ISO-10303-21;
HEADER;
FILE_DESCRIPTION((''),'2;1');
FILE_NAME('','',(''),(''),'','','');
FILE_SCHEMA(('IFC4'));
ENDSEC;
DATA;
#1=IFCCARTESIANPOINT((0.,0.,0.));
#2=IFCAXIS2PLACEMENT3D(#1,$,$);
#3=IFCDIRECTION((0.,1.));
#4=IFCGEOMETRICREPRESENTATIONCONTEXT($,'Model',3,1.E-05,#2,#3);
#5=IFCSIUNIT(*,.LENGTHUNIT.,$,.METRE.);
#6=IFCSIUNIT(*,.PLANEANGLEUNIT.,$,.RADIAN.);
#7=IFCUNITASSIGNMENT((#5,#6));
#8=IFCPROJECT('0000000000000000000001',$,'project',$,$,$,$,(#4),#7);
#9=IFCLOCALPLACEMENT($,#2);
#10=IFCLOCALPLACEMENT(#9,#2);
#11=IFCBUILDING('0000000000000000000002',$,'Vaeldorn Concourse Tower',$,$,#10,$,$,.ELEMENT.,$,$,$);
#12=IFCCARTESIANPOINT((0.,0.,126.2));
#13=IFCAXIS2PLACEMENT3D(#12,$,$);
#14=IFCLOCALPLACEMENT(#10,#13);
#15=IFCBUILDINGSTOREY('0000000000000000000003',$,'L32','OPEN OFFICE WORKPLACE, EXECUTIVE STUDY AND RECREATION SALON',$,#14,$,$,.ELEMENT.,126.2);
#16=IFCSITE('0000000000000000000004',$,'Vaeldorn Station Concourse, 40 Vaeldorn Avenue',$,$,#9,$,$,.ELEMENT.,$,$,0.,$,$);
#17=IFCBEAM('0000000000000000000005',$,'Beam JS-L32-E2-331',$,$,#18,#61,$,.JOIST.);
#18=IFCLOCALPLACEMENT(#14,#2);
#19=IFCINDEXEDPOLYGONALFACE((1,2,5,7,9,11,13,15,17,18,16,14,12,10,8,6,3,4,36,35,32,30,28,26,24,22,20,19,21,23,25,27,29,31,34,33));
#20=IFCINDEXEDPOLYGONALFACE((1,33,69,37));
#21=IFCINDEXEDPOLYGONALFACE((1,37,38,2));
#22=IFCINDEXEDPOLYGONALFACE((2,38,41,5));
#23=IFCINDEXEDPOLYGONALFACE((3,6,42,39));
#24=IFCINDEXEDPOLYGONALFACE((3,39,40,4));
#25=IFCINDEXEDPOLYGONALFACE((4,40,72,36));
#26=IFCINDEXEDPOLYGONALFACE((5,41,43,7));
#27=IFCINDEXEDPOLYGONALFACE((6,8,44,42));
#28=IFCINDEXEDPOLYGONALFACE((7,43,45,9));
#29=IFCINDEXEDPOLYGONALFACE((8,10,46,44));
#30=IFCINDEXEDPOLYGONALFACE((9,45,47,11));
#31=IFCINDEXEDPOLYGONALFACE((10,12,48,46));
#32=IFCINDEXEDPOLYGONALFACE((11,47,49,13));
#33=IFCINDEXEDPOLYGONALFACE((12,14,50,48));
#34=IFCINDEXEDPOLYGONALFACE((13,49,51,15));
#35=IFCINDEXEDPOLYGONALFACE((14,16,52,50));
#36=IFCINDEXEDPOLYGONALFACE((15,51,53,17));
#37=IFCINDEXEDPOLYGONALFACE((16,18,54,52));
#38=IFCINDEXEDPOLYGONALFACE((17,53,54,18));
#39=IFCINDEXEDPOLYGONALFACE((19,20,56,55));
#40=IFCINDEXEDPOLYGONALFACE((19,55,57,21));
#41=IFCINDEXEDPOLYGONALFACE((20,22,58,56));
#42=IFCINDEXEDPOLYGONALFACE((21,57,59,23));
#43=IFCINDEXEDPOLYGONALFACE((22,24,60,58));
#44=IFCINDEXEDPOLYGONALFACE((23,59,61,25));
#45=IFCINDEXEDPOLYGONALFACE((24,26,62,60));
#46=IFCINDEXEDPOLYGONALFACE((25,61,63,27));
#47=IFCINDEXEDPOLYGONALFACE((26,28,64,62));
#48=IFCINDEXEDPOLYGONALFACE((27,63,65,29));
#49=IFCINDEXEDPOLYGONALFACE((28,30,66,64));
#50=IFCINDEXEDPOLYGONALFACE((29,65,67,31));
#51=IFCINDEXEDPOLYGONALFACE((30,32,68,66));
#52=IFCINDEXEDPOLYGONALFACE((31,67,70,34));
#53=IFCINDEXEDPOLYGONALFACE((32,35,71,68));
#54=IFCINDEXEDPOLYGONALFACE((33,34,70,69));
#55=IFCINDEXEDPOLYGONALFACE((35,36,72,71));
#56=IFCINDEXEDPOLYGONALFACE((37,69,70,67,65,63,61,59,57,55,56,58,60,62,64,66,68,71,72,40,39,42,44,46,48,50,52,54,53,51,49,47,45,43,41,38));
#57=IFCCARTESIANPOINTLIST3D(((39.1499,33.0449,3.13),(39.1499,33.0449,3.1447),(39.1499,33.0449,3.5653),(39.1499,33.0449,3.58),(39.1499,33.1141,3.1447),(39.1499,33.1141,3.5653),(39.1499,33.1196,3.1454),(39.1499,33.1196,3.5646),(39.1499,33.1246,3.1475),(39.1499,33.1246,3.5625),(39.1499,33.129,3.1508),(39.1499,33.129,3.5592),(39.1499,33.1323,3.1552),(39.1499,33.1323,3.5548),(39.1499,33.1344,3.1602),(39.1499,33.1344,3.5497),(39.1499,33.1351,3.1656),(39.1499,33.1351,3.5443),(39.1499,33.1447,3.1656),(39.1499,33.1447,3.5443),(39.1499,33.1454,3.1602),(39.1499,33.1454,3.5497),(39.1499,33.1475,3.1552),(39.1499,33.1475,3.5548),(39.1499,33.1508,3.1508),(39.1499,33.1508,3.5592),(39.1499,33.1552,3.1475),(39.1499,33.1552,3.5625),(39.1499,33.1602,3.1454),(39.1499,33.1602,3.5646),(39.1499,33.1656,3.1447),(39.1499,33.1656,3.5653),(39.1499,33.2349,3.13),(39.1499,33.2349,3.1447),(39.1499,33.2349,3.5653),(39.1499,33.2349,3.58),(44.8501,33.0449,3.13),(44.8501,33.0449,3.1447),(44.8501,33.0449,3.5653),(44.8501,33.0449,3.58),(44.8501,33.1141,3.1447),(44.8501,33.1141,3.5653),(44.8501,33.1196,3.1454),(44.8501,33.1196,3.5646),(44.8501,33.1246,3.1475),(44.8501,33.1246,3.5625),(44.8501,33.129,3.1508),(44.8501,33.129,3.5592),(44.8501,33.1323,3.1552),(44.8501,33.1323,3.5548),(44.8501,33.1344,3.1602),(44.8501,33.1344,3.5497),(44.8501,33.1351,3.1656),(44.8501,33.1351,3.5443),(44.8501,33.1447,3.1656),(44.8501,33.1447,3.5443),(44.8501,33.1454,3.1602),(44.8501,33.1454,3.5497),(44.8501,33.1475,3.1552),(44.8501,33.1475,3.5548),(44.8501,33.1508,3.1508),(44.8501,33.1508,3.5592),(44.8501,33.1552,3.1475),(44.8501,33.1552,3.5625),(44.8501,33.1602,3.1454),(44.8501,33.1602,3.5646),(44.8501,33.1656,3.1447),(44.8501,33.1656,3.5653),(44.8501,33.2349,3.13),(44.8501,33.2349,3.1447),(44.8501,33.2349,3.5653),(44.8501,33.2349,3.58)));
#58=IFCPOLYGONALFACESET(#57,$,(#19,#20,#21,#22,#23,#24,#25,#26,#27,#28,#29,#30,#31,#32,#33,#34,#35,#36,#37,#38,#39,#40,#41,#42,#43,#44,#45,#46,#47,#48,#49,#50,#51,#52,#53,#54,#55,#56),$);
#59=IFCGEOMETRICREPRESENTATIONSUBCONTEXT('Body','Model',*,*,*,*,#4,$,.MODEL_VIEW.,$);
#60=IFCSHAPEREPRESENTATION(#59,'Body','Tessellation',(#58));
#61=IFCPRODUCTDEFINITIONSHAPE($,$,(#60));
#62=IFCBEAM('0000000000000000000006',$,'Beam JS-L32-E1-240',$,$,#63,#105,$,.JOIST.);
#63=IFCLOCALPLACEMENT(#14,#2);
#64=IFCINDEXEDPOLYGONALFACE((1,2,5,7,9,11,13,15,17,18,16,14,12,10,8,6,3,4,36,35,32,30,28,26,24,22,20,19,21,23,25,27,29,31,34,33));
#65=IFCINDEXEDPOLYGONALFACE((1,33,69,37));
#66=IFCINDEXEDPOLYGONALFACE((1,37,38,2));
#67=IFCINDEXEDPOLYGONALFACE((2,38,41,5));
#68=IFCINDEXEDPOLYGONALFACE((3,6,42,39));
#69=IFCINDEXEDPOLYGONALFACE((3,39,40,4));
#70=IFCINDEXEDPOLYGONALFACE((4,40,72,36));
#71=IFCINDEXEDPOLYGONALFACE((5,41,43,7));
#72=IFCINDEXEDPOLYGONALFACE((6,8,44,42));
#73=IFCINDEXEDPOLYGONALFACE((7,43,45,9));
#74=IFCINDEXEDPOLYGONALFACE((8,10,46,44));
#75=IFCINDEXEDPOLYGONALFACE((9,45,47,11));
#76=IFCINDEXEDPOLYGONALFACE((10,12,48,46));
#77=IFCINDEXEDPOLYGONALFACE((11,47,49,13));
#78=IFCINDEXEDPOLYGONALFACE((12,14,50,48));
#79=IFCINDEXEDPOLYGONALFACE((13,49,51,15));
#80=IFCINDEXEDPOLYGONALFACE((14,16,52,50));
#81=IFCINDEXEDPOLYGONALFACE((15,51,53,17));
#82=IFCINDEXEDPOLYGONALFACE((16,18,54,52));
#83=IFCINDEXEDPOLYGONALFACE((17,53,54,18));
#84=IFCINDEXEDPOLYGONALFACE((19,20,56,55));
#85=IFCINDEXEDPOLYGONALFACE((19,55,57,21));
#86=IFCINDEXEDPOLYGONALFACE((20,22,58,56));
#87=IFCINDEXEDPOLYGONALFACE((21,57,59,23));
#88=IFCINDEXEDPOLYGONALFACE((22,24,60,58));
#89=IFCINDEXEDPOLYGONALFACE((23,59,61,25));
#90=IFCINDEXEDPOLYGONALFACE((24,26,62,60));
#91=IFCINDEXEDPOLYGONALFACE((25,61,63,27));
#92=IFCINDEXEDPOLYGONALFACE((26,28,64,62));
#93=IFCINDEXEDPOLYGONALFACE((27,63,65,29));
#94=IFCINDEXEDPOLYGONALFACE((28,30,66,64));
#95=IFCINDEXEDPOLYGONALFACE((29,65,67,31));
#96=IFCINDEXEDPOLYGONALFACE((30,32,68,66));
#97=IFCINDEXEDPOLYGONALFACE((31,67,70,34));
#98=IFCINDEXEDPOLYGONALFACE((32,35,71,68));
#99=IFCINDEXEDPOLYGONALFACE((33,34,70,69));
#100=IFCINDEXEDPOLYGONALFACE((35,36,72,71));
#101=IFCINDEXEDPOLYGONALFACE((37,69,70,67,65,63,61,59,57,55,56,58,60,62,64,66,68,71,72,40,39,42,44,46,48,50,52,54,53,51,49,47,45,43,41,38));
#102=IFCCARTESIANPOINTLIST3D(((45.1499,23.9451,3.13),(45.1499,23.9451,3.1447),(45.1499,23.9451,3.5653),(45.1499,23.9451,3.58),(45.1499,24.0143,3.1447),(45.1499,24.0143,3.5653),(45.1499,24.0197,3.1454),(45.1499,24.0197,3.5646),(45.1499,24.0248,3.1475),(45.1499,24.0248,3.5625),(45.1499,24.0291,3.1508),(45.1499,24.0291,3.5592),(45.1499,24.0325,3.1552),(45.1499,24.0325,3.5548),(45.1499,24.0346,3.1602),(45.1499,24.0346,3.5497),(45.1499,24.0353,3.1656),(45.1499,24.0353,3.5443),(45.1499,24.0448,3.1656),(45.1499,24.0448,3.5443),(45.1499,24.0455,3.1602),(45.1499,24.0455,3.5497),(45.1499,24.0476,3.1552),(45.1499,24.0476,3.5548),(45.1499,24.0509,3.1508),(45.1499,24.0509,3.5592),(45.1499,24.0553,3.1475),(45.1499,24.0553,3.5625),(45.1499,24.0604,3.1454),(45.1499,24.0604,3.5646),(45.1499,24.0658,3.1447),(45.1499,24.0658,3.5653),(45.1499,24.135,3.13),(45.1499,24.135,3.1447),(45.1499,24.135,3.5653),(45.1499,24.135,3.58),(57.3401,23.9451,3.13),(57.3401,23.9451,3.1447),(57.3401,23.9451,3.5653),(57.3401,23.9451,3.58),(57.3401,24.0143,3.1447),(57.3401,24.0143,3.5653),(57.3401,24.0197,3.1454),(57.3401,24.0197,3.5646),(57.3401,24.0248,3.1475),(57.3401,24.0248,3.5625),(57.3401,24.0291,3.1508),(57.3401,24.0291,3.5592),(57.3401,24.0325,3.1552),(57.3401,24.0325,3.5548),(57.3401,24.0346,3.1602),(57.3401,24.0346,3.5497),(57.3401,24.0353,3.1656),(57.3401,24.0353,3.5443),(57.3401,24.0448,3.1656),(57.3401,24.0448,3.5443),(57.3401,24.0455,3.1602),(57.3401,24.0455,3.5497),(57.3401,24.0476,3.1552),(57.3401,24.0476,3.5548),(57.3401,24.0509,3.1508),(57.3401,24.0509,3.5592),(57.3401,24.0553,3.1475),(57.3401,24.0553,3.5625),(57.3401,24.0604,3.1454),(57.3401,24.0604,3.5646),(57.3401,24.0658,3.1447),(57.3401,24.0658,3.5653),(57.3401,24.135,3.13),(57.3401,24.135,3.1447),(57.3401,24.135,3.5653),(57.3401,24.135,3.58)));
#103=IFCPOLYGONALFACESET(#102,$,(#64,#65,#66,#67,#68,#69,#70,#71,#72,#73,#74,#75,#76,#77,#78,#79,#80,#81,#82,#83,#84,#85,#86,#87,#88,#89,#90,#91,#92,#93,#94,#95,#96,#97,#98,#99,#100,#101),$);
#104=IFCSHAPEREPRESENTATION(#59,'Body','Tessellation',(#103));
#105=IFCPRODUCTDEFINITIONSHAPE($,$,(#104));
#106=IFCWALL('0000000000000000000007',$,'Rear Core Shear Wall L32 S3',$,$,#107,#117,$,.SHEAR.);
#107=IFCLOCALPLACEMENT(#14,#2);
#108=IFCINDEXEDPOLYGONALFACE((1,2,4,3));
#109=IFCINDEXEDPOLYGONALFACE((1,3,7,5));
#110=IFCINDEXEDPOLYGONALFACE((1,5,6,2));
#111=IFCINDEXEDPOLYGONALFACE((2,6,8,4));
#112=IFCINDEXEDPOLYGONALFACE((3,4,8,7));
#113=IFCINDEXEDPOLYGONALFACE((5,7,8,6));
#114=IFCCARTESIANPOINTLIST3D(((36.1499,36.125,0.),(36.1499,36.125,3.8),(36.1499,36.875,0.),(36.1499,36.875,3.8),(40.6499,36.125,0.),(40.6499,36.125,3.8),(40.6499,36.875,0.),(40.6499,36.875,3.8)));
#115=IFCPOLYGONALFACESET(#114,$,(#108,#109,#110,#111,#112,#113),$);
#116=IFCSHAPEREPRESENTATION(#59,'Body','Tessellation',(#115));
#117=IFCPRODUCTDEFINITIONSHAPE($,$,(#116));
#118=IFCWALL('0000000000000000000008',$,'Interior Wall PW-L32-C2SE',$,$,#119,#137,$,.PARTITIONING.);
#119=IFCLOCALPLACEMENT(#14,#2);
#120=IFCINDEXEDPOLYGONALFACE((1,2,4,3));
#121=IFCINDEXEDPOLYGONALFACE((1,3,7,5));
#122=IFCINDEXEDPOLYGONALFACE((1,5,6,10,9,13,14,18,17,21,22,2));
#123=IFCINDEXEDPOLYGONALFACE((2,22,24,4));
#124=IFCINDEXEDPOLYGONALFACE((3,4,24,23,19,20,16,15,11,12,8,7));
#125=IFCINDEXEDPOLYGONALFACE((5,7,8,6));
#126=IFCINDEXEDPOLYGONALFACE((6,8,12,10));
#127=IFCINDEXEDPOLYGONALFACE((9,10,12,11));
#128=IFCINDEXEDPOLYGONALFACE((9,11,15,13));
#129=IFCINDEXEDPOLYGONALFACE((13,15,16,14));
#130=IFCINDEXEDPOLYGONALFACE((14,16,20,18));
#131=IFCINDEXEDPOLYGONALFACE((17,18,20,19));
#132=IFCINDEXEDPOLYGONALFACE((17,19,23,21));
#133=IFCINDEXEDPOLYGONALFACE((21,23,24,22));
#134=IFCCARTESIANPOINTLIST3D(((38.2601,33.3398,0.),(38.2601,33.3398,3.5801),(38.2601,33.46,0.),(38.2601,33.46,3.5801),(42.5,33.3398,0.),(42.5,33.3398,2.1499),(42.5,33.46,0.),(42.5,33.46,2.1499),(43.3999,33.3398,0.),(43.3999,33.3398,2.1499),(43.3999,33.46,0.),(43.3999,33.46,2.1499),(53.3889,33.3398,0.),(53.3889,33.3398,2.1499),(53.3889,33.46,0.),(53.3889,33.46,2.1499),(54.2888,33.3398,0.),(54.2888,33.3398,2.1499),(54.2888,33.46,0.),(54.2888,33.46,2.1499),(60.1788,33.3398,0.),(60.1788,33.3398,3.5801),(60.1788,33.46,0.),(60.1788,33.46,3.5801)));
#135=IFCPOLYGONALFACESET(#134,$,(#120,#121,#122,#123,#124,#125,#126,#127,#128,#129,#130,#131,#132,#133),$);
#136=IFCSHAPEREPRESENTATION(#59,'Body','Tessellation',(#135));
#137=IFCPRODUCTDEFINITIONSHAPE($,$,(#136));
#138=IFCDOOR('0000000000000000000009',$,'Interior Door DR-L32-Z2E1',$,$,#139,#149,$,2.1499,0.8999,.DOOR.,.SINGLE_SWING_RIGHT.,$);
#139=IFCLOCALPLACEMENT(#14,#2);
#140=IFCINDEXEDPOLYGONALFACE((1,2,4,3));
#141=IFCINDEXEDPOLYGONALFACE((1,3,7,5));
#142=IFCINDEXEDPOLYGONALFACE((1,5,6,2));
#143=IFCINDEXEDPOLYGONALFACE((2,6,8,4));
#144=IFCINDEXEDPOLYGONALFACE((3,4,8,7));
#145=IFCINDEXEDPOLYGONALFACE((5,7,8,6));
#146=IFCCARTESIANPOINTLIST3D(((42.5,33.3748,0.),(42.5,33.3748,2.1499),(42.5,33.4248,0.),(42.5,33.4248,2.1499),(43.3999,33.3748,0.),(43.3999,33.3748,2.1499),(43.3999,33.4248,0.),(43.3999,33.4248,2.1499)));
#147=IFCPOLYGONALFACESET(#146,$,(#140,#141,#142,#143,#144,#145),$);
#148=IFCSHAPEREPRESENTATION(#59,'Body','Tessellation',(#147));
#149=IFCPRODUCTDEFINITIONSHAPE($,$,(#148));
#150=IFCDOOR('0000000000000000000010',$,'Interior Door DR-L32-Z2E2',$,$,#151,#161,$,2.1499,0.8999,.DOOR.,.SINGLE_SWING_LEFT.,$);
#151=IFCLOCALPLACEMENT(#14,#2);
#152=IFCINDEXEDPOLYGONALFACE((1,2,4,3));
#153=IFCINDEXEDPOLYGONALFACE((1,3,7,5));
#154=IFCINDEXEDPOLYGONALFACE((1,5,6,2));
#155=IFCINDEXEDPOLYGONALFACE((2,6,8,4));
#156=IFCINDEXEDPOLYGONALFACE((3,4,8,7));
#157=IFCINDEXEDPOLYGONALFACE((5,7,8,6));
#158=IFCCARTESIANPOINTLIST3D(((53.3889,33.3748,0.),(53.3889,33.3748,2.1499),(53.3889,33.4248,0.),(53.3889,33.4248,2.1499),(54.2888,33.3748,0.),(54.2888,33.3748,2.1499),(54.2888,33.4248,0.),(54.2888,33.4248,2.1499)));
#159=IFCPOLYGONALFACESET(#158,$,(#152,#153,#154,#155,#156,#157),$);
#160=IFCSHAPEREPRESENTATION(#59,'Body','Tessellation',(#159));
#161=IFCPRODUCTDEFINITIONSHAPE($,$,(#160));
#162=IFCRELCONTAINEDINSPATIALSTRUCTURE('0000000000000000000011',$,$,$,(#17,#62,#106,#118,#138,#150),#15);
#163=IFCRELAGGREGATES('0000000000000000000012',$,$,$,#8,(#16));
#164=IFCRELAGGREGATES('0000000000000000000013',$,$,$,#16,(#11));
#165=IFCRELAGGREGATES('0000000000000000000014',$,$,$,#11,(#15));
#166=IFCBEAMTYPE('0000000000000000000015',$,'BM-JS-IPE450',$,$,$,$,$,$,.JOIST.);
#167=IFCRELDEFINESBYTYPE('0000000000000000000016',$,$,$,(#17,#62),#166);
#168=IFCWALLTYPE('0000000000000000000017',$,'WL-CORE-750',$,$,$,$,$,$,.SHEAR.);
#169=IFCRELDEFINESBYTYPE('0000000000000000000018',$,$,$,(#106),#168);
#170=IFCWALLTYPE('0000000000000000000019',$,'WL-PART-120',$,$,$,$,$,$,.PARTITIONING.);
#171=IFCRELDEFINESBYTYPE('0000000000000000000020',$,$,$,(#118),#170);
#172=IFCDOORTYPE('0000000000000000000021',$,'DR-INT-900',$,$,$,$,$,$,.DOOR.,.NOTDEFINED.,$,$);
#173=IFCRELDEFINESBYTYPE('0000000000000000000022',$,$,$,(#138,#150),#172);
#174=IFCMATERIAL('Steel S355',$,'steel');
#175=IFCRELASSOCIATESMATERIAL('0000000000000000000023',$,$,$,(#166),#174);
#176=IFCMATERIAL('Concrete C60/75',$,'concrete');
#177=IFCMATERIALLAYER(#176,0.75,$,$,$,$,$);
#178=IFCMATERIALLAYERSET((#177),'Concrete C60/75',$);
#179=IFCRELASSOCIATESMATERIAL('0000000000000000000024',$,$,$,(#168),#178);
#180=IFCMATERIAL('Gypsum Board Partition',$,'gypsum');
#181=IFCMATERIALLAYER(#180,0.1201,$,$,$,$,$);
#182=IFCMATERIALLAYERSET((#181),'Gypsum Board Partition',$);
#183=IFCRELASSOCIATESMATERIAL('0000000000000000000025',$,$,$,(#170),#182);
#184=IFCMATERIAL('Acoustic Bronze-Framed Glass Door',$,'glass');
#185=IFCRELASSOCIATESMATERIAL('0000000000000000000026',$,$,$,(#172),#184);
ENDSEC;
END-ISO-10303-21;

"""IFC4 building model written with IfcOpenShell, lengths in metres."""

from ifc_helpers import new_model, si_unit, direction, frame, frame_2d, origin, origin_2d, place, context, subcontext, project, spatial, rectangle, i_section, extrude, source, transform, mapped, material, layer, layer_set, material_profile, profile_set, type_object, element, fill, save


model = new_model("IFC4")

# Units and contexts
model_context = context("Model", 3, precision=1e-05, world=origin(), true_north=direction((0.0, 1.0)))
body_context = subcontext(model_context, "Body", "Model", "MODEL_VIEW")
ifc_project = project(units=[si_unit("LENGTHUNIT", "METRE"), si_unit("PLANEANGLEUNIT", "RADIAN")], contexts=[model_context])

# Site, building, storey
site_placement = place(None, origin())
site = spatial("IfcSite", under=ifc_project, at=site_placement, Name="Vaeldorn Station Concourse, 40 Vaeldorn Avenue", CompositionType="ELEMENT", RefElevation=0.0)
building_placement = place(site_placement, origin())
building = spatial("IfcBuilding", under=site, at=building_placement, Name="Vaeldorn Concourse Tower", CompositionType="ELEMENT")
storey_placement = place(building_placement, frame((0.0, 0.0, 126.2)))
storey = spatial("IfcBuildingStorey", under=building, at=storey_placement, Name="L32", Description="OPEN OFFICE WORKPLACE, EXECUTIVE STUDY AND RECREATION SALON", CompositionType="ELEMENT", Elevation=126.2)

# Beams
ifc_material_1 = material(Name="Steel S355", Category="steel")
ifc_material_profile_1 = material_profile(ifc_material_1, i_section(OverallWidth=0.1899, OverallDepth=0.45, WebThickness=0.0095, FlangeThickness=0.0146, FilletRadius=0.021, at=origin_2d()), Name="IPE 450")
ifc_profile_set_1 = profile_set([ifc_material_profile_1], Name="Steel S355")
beam_type_1 = type_object("IfcBeamType", Name="BM-JS-IPE450", PredefinedType="JOIST", material=ifc_profile_set_1)
shared_shape_1 = source(origin(), body_context, "Body", "SweptSolid", [
    extrude(i_section(OverallWidth=0.1899, OverallDepth=0.45, WebThickness=0.0095, FlangeThickness=0.0146, FilletRadius=0.021, at=origin_2d()), origin(), (0.0, 0.0, 1.0), 5.7002),
])
for number, where, z_axis, x_axis, name in (
    (1, (39.1499, 33.1399, 3.355), (1.0, 0.0, 0.0), (0.0, 1.0, 0.0), "Beam JS-L32-E2-331"),
):
    element("IfcBeam", number, at=place(storey_placement, frame(where, z_axis=z_axis, x_axis=x_axis)), inside=storey, type_object=beam_type_1, Name=name, PredefinedType="JOIST", context=body_context, shape_type="MappedRepresentation", body=[
        mapped(shared_shape_1, transform((0.0, 0.0, 0.0), scale=1.0)),
    ])
shared_shape_2 = source(origin(), body_context, "Body", "SweptSolid", [
    extrude(i_section(OverallWidth=0.1899, OverallDepth=0.45, WebThickness=0.0095, FlangeThickness=0.0146, FilletRadius=0.021, at=origin_2d()), origin(), (0.0, 0.0, 1.0), 12.1902),
])
beam_1_placement = place(storey_placement, frame((45.1499, 24.04, 3.355), z_axis=(1.0, 0.0, 0.0), x_axis=(0.0, 1.0, 0.0)))
element("IfcBeam", 2, at=beam_1_placement, inside=storey, type_object=beam_type_1, Name="Beam JS-L32-E1-240", PredefinedType="JOIST", context=body_context, shape_type="MappedRepresentation", body=[
    mapped(shared_shape_2, transform((0.0, 0.0, 0.0), scale=1.0)),
])

# Wall
ifc_material_2 = material(Name="Concrete C60/75", Category="concrete")
ifc_layer_1 = layer(ifc_material_2, 0.75)
ifc_layer_set_1 = layer_set([ifc_layer_1], Name="Concrete C60/75")
wall_type_1 = type_object("IfcWallType", Name="WL-CORE-750", PredefinedType="SHEAR", material=ifc_layer_set_1)
wall_1_placement = place(storey_placement, frame((36.1499, 36.5, 0.0), z_axis=(0.0, 0.0, 1.0), x_axis=(1.0, 0.0, 0.0)))
element("IfcWall", 3, at=wall_1_placement, inside=storey, type_object=wall_type_1, Name="Rear Core Shear Wall L32 S3", PredefinedType="SHEAR", context=body_context, shape_type="SweptSolid", body=[
    extrude(rectangle(XDim=4.5, YDim=0.75, at=frame_2d((2.25, 0.0))), origin(), (0.0, 0.0, 1.0), 3.8),
])

# Wall, openings, doors
ifc_material_3 = material(Name="Gypsum Board Partition", Category="gypsum")
ifc_layer_2 = layer(ifc_material_3, 0.1201)
ifc_layer_set_2 = layer_set([ifc_layer_2], Name="Gypsum Board Partition")
wall_type_2 = type_object("IfcWallType", Name="WL-PART-120", PredefinedType="PARTITIONING", material=ifc_layer_set_2)
wall_2_placement = place(storey_placement, frame((38.26, 33.3999, 0.0), z_axis=(0.0, 0.0, 1.0), x_axis=(1.0, 0.0, 0.0)))
wall_2 = element("IfcWall", 4, at=wall_2_placement, inside=storey, type_object=wall_type_2, Name="Interior Wall PW-L32-C2SE", PredefinedType="PARTITIONING", context=body_context, shape_type="SweptSolid", body=[
    extrude(rectangle(XDim=21.9187, YDim=0.1201, at=frame_2d((10.9595, 0.0))), origin(), (0.0, 0.0, 1.0), 3.5801),
])
opening_1_placement = place(wall_2_placement, frame((4.24, 0.0, 0.0)))
opening_1 = element("IfcOpeningElement", 5, at=opening_1_placement, cuts=wall_2, PredefinedType="OPENING", context=body_context, shape_type="SweptSolid", body=[
    extrude(rectangle(XDim=0.8999, YDim=2.1499, at=frame_2d((0.45, 1.075))), frame((0.0, 0.0701, 0.0), z_axis=(0.0, -1.0, 0.0), x_axis=(1.0, 0.0, 0.0)), (0.0, 0.0, 1.0), 0.1401),
])
opening_2_placement = place(wall_2_placement, frame((15.1289, 0.0, 0.0)))
opening_2 = element("IfcOpeningElement", 6, at=opening_2_placement, cuts=wall_2, PredefinedType="OPENING", context=body_context, shape_type="SweptSolid", body=[
    extrude(rectangle(XDim=0.8999, YDim=2.1499, at=frame_2d((0.45, 1.075))), frame((0.0, 0.0701, 0.0), z_axis=(0.0, -1.0, 0.0), x_axis=(1.0, 0.0, 0.0)), (0.0, 0.0, 1.0), 0.1401),
])
ifc_material_4 = material(Name="Acoustic Bronze-Framed Glass Door", Category="glass")
door_type = type_object("IfcDoorType", Name="DR-INT-900", OperationType="NOTDEFINED", PredefinedType="DOOR", material=ifc_material_4)
shared_shape_3 = source(origin(), body_context, "Body", "SweptSolid", [
    extrude(rectangle(XDim=0.8999, YDim=2.1499, at=frame_2d((0.45, 1.075))), frame((0.0, 0.0249, 0.0), z_axis=(0.0, -1.0, 0.0), x_axis=(1.0, 0.0, 0.0)), (0.0, 0.0, 1.0), 0.05),
])
door_1_placement = place(opening_1_placement, origin())
door_1 = element("IfcDoor", 7, at=door_1_placement, inside=storey, type_object=door_type, Name="Interior Door DR-L32-Z2E1", OperationType="SINGLE_SWING_RIGHT", OverallHeight=2.1499, OverallWidth=0.8999, PredefinedType="DOOR", context=body_context, shape_type="MappedRepresentation", body=[
    mapped(shared_shape_3, transform((0.0, 0.0, 0.0), scale=1.0)),
])
fill(opening_1, door_1)
door_2_placement = place(opening_2_placement, origin())
door_2 = element("IfcDoor", 8, at=door_2_placement, inside=storey, type_object=door_type, Name="Interior Door DR-L32-Z2E2", OperationType="SINGLE_SWING_LEFT", OverallHeight=2.1499, OverallWidth=0.8999, PredefinedType="DOOR", context=body_context, shape_type="MappedRepresentation", body=[
    mapped(shared_shape_3, transform((0.0, 0.0, 0.0), scale=1.0)),
])
fill(opening_2, door_2)

save(model, "model.ifc")
